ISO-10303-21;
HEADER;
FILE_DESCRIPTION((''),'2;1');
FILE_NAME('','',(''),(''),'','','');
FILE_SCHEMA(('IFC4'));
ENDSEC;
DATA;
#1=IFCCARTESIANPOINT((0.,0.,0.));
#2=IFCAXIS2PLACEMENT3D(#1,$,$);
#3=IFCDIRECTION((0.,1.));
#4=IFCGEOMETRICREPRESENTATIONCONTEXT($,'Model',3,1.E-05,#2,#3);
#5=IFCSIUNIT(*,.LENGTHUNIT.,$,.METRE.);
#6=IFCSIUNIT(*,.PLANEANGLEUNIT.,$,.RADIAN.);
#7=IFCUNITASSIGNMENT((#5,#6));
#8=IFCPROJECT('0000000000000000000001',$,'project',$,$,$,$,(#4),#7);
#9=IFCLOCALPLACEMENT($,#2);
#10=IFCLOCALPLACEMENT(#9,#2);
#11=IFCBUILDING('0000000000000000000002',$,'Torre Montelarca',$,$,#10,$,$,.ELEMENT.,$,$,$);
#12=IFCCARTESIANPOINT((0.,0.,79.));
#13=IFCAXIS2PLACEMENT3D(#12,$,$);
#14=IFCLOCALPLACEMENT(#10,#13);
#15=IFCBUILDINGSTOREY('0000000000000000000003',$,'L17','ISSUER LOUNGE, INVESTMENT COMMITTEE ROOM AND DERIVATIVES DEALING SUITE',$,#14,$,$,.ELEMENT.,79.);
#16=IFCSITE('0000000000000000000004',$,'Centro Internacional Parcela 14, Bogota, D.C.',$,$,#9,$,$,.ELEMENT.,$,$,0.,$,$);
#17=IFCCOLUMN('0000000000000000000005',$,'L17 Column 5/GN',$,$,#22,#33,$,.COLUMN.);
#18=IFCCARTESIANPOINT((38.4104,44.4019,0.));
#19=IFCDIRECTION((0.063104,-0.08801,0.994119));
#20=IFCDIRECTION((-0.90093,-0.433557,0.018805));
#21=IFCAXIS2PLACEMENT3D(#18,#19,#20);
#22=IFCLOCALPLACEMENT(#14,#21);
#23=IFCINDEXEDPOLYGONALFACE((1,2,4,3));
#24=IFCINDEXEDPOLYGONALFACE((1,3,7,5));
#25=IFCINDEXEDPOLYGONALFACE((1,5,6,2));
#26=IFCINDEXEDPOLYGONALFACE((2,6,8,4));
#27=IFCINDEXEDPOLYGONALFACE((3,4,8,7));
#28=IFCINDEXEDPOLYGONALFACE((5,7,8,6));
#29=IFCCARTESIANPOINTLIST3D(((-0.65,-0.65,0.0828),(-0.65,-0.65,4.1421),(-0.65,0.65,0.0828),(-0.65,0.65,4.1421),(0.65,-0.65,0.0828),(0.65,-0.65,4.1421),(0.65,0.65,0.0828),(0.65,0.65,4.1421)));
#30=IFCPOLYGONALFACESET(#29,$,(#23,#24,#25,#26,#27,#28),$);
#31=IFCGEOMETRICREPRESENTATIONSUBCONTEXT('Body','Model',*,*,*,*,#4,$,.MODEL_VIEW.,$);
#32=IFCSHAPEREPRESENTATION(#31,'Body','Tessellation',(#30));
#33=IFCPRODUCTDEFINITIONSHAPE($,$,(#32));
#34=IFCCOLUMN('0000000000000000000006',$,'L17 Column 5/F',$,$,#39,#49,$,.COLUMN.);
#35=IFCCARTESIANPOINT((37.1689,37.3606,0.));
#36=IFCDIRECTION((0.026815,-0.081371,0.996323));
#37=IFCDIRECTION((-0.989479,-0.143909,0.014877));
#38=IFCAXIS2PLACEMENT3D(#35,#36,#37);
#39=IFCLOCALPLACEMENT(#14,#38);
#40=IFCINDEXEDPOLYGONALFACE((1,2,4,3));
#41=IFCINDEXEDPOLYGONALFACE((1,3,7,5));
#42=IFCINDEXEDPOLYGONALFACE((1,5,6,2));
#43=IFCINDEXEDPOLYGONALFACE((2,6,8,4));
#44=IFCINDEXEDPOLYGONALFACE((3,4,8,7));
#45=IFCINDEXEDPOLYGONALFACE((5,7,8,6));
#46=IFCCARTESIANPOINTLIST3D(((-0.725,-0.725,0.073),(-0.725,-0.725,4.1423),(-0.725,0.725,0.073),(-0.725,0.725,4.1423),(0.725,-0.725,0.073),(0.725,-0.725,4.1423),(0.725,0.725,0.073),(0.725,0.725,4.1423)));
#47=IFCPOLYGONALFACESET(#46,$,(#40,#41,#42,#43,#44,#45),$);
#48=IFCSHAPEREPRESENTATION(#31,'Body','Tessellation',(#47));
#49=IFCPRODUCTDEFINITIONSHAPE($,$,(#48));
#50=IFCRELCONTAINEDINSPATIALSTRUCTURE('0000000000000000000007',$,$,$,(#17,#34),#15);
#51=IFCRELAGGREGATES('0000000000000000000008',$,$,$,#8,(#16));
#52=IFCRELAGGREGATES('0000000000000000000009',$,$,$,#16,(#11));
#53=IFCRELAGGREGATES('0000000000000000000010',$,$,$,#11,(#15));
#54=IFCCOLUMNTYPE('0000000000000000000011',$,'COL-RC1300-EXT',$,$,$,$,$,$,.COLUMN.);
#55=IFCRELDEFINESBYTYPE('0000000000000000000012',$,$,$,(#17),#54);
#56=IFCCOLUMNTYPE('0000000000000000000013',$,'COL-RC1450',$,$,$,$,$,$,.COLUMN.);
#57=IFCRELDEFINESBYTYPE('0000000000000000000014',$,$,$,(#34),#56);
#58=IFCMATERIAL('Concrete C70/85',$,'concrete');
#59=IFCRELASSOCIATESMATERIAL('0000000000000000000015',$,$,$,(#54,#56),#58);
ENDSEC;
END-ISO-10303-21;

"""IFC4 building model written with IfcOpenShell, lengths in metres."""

from ifc_helpers import new_model, si_unit, direction, frame, origin, origin_2d, place, context, subcontext, project, spatial, rectangle, extrude, clip, halfspace, material, material_profile, profile_set, type_object, element, save


model = new_model("IFC4")

# Units and contexts
model_context = context("Model", 3, precision=1e-05, world=origin(), true_north=direction((0.0, 1.0)))
body_context = subcontext(model_context, "Body", "Model", "MODEL_VIEW")
ifc_project = project(units=[si_unit("LENGTHUNIT", "METRE"), si_unit("PLANEANGLEUNIT", "RADIAN")], contexts=[model_context])

# Site, building, storey
site_placement = place(None, origin())
site = spatial("IfcSite", under=ifc_project, at=site_placement, Name="Centro Internacional Parcela 14, Bogota, D.C.", CompositionType="ELEMENT", RefElevation=0.0)
building_placement = place(site_placement, origin())
building = spatial("IfcBuilding", under=site, at=building_placement, Name="Torre Montelarca", CompositionType="ELEMENT")
storey_placement = place(building_placement, frame((0.0, 0.0, 79.0)))
storey = spatial("IfcBuildingStorey", under=building, at=storey_placement, Name="L17", Description="ISSUER LOUNGE, INVESTMENT COMMITTEE ROOM AND DERIVATIVES DEALING SUITE", CompositionType="ELEMENT", Elevation=79.0)

# Columns
ifc_material_1 = material(Name="Concrete C70/85", Category="concrete")
ifc_material_profile_1 = material_profile(ifc_material_1, rectangle(XDim=1.3, YDim=1.3, at=origin_2d()), Name="RC1300X1300", Category="concrete")
ifc_profile_set_1 = profile_set([ifc_material_profile_1], Name="Concrete C70/85")
column_type_1 = type_object("IfcColumnType", Name="COL-RC1300-EXT", PredefinedType="COLUMN", material=ifc_profile_set_1)
column_1_placement = place(storey_placement, frame((38.4104, 44.4019, 0.0), z_axis=(0.063104, -0.08801, 0.994119), x_axis=(-0.90093, -0.433557, 0.018805)))
element("IfcColumn", 1, at=column_1_placement, inside=storey, type_object=column_type_1, Name="L17 Column 5/GN", PredefinedType="COLUMN", context=body_context, shape_type="Clipping", body=[
    clip(clip(extrude(rectangle(XDim=1.3, YDim=1.3, at=origin_2d()), origin(), (0.0, 0.0, 1.0), 4.2249), halfspace(frame((0.0, 0.0, 0.0828), z_axis=(0.0, 0.0, -1.0), x_axis=(1.0, 0.0, 0.0)), False)), halfspace(frame((0.0, 0.0, 4.1421), z_axis=(0.0, 0.0, 1.0), x_axis=(1.0, 0.0, 0.0)), False)),
])
ifc_material_profile_2 = material_profile(ifc_material_1, rectangle(XDim=1.45, YDim=1.45, at=origin_2d()), Name="RC1450X1450", Category="concrete")
ifc_profile_set_2 = profile_set([ifc_material_profile_2], Name="Concrete C70/85")
column_type_2 = type_object("IfcColumnType", Name="COL-RC1450", PredefinedType="COLUMN", material=ifc_profile_set_2)
column_2_placement = place(storey_placement, frame((37.1689, 37.3606, 0.0), z_axis=(0.026815, -0.081371, 0.996323), x_axis=(-0.989479, -0.143909, 0.014877)))
element("IfcColumn", 2, at=column_2_placement, inside=storey, type_object=column_type_2, Name="L17 Column 5/F", PredefinedType="COLUMN", context=body_context, shape_type="Clipping", body=[
    clip(clip(extrude(rectangle(XDim=1.45, YDim=1.45, at=origin_2d()), origin(), (0.0, 0.0, 1.0), 4.2153), halfspace(frame((0.0, 0.0, 0.073), z_axis=(0.0, 0.0, -1.0), x_axis=(1.0, 0.0, 0.0)), False)), halfspace(frame((0.0, 0.0, 4.1423), z_axis=(0.0, 0.0, 1.0), x_axis=(1.0, 0.0, 0.0)), False)),
])

save(model, "model.ifc")
